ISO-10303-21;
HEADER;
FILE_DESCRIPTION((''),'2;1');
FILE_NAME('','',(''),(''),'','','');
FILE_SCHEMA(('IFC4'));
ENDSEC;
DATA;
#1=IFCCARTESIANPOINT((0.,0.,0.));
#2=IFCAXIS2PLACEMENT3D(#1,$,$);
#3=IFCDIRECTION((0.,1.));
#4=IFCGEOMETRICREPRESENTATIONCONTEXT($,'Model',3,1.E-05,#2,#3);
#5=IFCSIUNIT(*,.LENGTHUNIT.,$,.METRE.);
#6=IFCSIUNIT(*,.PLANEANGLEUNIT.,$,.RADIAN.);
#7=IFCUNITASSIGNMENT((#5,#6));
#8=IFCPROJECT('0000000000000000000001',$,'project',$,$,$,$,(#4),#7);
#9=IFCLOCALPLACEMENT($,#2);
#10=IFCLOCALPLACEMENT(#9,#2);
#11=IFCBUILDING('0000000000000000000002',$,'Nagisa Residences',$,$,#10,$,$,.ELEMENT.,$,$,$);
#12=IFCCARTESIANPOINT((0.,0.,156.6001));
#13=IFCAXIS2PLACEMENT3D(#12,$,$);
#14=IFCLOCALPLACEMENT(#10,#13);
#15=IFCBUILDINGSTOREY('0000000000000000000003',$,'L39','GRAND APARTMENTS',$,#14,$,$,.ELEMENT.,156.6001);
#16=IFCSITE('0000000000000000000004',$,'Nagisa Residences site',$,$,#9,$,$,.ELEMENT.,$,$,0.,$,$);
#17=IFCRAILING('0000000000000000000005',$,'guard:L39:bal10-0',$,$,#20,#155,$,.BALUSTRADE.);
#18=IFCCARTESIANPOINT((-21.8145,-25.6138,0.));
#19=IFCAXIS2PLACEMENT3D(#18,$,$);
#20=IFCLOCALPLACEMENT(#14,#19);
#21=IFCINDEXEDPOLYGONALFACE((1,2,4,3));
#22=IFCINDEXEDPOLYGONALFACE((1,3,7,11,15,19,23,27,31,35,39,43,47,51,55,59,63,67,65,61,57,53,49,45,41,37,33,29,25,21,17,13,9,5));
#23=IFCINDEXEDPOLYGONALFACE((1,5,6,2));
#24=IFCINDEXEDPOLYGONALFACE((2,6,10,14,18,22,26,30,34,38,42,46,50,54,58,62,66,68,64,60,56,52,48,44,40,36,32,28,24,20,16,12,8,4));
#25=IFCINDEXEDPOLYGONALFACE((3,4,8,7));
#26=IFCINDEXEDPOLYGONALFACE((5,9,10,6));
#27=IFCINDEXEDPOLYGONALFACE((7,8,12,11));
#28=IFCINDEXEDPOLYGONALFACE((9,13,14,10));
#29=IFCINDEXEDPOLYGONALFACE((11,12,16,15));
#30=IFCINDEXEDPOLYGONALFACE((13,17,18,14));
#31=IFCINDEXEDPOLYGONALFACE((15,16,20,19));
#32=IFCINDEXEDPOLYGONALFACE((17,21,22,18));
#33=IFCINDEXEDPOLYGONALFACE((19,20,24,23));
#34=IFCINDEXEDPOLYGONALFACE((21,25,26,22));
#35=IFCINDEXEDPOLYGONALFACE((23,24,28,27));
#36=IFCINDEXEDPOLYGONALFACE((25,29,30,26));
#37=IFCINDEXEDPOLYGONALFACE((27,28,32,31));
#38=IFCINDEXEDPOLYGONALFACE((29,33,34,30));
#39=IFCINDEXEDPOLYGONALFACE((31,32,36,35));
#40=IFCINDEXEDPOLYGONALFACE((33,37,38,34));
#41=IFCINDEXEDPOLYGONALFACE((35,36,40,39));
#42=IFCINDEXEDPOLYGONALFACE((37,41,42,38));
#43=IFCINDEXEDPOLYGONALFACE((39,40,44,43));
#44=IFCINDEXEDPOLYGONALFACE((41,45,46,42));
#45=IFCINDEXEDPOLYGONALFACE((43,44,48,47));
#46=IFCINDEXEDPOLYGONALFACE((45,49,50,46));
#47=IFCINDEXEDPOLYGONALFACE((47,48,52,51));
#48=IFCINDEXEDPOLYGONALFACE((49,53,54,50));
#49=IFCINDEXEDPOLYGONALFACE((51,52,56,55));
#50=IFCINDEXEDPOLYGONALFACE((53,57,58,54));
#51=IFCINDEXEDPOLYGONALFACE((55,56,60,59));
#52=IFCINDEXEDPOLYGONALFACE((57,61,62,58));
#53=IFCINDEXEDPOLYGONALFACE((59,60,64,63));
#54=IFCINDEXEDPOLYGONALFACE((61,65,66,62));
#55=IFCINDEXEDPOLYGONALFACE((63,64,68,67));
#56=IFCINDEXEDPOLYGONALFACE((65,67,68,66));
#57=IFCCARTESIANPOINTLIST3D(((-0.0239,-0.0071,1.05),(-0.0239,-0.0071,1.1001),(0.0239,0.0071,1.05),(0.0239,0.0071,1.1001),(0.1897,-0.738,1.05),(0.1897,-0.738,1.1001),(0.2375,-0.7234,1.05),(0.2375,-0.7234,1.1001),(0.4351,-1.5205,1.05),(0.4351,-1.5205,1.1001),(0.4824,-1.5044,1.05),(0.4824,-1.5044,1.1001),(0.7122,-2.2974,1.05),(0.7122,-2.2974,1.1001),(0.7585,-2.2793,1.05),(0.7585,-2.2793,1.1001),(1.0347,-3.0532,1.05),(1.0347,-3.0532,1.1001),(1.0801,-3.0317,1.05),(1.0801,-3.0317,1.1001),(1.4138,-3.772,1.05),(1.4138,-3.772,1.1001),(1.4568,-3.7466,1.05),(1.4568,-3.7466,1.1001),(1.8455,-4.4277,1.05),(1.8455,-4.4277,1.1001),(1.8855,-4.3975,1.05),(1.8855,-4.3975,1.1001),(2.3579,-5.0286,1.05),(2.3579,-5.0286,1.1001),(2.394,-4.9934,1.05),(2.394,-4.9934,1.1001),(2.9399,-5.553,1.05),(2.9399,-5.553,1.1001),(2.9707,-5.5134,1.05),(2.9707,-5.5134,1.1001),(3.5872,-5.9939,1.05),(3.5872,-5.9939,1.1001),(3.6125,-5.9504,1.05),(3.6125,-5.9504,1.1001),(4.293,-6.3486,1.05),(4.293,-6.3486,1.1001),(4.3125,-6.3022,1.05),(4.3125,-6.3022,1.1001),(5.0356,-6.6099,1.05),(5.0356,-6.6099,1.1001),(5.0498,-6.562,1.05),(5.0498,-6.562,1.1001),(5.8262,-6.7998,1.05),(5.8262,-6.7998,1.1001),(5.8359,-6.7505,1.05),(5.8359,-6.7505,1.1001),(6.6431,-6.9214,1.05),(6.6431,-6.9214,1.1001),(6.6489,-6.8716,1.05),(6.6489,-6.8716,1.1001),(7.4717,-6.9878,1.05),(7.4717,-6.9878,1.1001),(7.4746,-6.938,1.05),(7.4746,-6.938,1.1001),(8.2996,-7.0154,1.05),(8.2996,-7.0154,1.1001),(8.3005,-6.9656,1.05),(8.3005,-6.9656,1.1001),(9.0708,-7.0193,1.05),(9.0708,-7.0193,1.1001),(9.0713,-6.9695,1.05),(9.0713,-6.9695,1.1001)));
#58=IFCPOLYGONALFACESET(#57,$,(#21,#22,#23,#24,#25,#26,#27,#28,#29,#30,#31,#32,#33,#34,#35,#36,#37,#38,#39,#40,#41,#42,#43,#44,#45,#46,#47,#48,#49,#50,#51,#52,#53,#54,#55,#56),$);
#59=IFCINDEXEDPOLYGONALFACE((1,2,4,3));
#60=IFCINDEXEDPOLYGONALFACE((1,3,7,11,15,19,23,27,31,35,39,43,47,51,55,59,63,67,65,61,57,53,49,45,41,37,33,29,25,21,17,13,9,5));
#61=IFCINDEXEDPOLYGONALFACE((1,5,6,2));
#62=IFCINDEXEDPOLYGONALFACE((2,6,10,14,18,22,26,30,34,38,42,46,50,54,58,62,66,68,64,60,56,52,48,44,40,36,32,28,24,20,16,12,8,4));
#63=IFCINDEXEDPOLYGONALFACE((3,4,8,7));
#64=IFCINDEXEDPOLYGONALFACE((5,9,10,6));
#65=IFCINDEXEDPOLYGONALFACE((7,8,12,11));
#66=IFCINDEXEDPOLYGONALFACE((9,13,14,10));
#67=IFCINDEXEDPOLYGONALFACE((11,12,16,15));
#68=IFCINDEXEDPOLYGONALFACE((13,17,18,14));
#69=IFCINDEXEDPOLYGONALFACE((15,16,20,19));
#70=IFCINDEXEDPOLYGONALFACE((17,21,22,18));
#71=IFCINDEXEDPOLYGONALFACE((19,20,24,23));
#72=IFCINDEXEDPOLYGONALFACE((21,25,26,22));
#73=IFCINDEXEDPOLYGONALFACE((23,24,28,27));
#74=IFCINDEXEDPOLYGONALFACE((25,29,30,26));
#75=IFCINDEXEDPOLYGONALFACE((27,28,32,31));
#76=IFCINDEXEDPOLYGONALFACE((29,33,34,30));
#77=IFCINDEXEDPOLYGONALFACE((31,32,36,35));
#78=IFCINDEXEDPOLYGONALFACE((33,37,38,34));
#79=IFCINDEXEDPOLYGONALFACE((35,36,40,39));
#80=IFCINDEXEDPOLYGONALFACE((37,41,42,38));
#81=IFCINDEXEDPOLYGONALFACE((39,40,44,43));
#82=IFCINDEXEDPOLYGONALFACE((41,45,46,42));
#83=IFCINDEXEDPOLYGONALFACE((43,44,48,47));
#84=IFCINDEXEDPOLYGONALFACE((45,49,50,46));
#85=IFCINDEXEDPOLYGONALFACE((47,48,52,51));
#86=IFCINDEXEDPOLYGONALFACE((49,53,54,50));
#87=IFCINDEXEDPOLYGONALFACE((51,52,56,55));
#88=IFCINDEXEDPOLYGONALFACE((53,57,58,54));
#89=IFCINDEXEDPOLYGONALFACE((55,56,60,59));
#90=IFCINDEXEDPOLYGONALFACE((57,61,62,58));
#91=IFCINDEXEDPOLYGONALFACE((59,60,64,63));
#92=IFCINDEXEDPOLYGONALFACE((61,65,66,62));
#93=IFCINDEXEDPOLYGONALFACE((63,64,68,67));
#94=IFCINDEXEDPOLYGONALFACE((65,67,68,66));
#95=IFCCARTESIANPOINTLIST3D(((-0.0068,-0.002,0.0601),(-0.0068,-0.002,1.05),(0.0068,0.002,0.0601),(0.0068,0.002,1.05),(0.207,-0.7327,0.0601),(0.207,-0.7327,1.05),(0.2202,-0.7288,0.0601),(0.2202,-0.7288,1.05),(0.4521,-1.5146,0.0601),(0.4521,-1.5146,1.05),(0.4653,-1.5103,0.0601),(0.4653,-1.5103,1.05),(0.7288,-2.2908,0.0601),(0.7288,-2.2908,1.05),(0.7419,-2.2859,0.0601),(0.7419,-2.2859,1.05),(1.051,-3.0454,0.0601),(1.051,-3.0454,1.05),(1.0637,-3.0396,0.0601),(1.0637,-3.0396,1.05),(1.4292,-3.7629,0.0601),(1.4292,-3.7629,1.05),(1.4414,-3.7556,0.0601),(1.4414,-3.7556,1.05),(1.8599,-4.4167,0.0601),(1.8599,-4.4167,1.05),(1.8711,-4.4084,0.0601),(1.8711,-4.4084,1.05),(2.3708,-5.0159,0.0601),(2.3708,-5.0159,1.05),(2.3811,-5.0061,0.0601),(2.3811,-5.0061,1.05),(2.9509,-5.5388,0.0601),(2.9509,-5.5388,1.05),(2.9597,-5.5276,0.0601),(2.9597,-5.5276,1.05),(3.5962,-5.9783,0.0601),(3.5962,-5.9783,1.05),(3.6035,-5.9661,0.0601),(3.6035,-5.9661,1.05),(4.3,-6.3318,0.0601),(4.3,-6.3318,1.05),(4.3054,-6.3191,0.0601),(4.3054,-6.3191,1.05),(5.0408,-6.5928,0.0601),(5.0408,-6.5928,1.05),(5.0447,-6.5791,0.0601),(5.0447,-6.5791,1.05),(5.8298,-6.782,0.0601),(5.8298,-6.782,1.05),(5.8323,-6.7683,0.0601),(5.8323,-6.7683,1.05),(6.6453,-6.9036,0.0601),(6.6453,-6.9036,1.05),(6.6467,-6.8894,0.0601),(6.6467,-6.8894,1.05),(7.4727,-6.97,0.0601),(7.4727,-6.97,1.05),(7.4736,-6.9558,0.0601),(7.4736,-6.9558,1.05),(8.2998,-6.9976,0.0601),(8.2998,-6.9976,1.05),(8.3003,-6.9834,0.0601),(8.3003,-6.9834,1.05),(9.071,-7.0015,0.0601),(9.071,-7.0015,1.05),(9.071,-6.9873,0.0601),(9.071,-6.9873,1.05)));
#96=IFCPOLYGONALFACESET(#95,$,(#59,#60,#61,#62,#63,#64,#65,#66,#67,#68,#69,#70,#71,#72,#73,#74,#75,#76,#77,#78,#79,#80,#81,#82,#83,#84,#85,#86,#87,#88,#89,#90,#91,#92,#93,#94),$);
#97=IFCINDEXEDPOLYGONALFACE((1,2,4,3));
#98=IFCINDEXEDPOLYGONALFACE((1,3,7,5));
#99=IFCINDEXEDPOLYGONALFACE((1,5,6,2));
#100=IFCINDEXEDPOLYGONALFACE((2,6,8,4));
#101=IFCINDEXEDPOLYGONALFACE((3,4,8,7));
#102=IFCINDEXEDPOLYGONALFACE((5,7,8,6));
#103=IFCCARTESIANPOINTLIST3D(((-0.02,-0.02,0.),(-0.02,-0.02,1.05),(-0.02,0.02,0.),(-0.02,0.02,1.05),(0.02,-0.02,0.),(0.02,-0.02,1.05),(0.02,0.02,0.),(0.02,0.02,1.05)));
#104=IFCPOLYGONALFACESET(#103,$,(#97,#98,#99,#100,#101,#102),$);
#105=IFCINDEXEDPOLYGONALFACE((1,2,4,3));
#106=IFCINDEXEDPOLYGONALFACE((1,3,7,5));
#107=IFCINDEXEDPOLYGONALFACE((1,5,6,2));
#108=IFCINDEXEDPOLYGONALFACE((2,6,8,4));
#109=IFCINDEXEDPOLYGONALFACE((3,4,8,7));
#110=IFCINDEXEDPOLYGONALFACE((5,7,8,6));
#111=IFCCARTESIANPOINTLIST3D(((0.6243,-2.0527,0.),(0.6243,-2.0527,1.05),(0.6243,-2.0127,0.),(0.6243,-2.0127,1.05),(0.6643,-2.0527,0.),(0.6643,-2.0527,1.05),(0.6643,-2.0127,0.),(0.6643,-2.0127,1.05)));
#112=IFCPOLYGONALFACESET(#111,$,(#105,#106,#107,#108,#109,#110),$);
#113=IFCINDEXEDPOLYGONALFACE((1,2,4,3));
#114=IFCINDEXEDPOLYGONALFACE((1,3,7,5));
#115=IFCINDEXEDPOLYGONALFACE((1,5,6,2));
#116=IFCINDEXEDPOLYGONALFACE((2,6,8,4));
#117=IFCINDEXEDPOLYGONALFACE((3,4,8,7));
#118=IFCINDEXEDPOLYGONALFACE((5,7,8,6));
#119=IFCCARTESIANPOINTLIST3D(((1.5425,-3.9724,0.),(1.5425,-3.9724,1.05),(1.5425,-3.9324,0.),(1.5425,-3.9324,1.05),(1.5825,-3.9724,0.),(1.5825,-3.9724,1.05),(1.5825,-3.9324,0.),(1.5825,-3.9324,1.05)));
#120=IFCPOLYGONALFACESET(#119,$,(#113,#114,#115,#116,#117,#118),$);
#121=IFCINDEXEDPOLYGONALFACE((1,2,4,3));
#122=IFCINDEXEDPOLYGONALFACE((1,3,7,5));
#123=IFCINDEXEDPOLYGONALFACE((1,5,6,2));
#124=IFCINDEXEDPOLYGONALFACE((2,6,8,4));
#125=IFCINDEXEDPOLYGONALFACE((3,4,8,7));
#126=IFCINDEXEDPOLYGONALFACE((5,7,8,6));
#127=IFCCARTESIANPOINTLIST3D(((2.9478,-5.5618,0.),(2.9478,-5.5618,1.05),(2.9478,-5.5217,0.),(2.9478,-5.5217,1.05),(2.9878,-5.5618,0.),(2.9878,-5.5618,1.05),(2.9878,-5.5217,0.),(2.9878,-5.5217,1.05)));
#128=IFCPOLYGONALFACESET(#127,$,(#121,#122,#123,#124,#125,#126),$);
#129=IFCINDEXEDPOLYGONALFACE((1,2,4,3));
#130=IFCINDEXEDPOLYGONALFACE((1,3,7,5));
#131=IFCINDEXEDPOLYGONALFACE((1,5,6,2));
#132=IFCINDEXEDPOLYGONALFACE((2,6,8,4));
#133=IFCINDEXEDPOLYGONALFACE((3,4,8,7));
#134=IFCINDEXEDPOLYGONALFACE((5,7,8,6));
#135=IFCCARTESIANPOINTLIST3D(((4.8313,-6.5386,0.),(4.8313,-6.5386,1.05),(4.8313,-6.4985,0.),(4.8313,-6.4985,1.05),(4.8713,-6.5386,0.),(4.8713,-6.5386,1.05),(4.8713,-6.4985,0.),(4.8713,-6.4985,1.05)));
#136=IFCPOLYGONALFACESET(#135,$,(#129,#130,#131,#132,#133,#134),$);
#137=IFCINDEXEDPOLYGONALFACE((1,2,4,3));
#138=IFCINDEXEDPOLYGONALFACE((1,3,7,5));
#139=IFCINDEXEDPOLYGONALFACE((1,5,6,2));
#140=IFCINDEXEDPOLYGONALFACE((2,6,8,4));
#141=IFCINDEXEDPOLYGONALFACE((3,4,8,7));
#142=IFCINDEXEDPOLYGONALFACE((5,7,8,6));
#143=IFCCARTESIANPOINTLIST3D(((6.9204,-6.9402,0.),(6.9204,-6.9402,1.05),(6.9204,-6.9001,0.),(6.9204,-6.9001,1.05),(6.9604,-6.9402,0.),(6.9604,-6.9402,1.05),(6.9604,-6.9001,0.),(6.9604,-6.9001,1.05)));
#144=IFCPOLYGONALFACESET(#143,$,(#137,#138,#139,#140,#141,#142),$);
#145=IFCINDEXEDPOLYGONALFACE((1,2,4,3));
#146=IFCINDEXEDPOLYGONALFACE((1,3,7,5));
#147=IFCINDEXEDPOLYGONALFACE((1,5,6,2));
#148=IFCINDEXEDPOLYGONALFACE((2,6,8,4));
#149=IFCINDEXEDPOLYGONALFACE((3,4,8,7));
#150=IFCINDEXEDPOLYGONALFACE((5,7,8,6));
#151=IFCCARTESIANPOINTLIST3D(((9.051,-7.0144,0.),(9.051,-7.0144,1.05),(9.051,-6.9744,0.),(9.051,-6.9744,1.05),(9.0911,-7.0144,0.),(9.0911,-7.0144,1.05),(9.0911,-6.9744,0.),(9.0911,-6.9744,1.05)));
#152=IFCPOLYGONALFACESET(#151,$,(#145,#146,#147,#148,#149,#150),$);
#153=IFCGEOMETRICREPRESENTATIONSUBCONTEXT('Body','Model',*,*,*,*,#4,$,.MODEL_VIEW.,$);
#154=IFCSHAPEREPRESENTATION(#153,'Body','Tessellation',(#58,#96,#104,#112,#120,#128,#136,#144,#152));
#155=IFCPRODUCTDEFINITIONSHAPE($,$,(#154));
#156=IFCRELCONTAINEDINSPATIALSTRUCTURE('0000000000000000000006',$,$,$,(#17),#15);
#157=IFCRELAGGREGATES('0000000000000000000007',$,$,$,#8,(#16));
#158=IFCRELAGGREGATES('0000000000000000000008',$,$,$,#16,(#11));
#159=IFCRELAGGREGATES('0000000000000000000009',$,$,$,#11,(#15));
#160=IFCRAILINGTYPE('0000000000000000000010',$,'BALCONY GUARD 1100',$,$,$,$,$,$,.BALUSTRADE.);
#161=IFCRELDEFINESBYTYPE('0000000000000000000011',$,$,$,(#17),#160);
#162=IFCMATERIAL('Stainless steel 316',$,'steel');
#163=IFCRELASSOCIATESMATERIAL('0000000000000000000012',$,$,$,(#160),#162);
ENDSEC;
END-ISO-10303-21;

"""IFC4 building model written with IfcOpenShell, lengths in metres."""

from ifc_helpers import new_model, si_unit, direction, frame, origin, origin_2d, place, context, subcontext, project, spatial, polyline, rectangle, outline, extrude, material, type_object, element, save


model = new_model("IFC4")

# Units and contexts
model_context = context("Model", 3, precision=1e-05, world=origin(), true_north=direction((0.0, 1.0)))
body_context = subcontext(model_context, "Body", "Model", "MODEL_VIEW")
ifc_project = project(units=[si_unit("LENGTHUNIT", "METRE"), si_unit("PLANEANGLEUNIT", "RADIAN")], contexts=[model_context])

# Site, building, storey
site_placement = place(None, origin())
site = spatial("IfcSite", under=ifc_project, at=site_placement, Name="Nagisa Residences site", CompositionType="ELEMENT", RefElevation=0.0)
building_placement = place(site_placement, origin())
building = spatial("IfcBuilding", under=site, at=building_placement, Name="Nagisa Residences", CompositionType="ELEMENT")
storey_placement = place(building_placement, frame((0.0, 0.0, 156.6001)))
storey = spatial("IfcBuildingStorey", under=building, at=storey_placement, Name="L39", Description="GRAND APARTMENTS", CompositionType="ELEMENT", Elevation=156.6001)

# Railing
ifc_material_1 = material(Name="Stainless steel 316", Category="steel")
railing_type = type_object("IfcRailingType", Name="BALCONY GUARD 1100", PredefinedType="BALUSTRADE", material=ifc_material_1)
railing_placement = place(storey_placement, frame((-21.8145, -25.6138, 0.0)))
element("IfcRailing", 1, at=railing_placement, inside=storey, type_object=railing_type, Name="guard:L39:bal10-0", PredefinedType="BALUSTRADE", context=body_context, shape_type="SweptSolid", body=[
    extrude(outline(polyline([(0.2375, -0.7234), (0.0239, 0.0071), (-0.0239, -0.0071), (0.1897, -0.738), (0.4351, -1.5205), (0.7122, -2.2974), (1.0347, -3.0532), (1.4138, -3.772), (1.8455, -4.4277), (2.3579, -5.0286), (2.9399, -5.553), (3.5872, -5.9939), (4.293, -6.3486), (5.0356, -6.6099), (5.8262, -6.7998), (6.6431, -6.9214), (7.4717, -6.9878), (8.2996, -7.0154), (9.0708, -7.0193), (9.0713, -6.9695), (8.3005, -6.9656), (7.4746, -6.938), (6.6489, -6.8716), (5.8359, -6.7505), (5.0498, -6.562), (4.3125, -6.3022), (3.6125, -5.9504), (2.9707, -5.5134), (2.394, -4.9934), (1.8855, -4.3975), (1.4568, -3.7466), (1.0801, -3.0317), (0.7585, -2.2793), (0.4824, -1.5044), (0.2375, -0.7234)])), frame((0.0, 0.0, 1.05)), (0.0, 0.0, 1.0), 0.05),
    extrude(outline(polyline([(0.2202, -0.7288), (0.0068, 0.002), (-0.0068, -0.002), (0.207, -0.7327), (0.4521, -1.5146), (0.7288, -2.2908), (1.051, -3.0454), (1.4292, -3.7629), (1.8599, -4.4167), (2.3708, -5.0159), (2.9509, -5.5388), (3.5962, -5.9783), (4.3, -6.3318), (5.0408, -6.5928), (5.8298, -6.782), (6.6453, -6.9036), (7.4727, -6.97), (8.2998, -6.9976), (9.071, -7.0015), (9.071, -6.9873), (8.3003, -6.9834), (7.4736, -6.9558), (6.6467, -6.8894), (5.8323, -6.7683), (5.0447, -6.5791), (4.3054, -6.3191), (3.6035, -5.9661), (2.9597, -5.5276), (2.3811, -5.0061), (1.8711, -4.4084), (1.4414, -3.7556), (1.0637, -3.0396), (0.7419, -2.2859), (0.4653, -1.5103), (0.2202, -0.7288)])), frame((0.0, 0.0, 0.0601)), (0.0, 0.0, 1.0), 0.99),
    extrude(rectangle(XDim=0.04, YDim=0.04, at=origin_2d()), origin(), (0.0, 0.0, 1.0), 1.05),
    extrude(rectangle(XDim=0.04, YDim=0.04, at=origin_2d()), frame((0.6443, -2.0327, 0.0)), (0.0, 0.0, 1.0), 1.05),
    extrude(rectangle(XDim=0.04, YDim=0.04, at=origin_2d()), frame((1.5625, -3.9524, 0.0)), (0.0, 0.0, 1.0), 1.05),
    extrude(rectangle(XDim=0.04, YDim=0.04, at=origin_2d()), frame((2.9678, -5.5417, 0.0)), (0.0, 0.0, 1.0), 1.05),
    extrude(rectangle(XDim=0.04, YDim=0.04, at=origin_2d()), frame((4.8513, -6.5186, 0.0)), (0.0, 0.0, 1.0), 1.05),
    extrude(rectangle(XDim=0.04, YDim=0.04, at=origin_2d()), frame((6.9404, -6.9202, 0.0)), (0.0, 0.0, 1.0), 1.05),
    extrude(rectangle(XDim=0.04, YDim=0.04, at=origin_2d()), frame((9.071, -6.9944, 0.0)), (0.0, 0.0, 1.0), 1.05),
])

save(model, "model.ifc")
